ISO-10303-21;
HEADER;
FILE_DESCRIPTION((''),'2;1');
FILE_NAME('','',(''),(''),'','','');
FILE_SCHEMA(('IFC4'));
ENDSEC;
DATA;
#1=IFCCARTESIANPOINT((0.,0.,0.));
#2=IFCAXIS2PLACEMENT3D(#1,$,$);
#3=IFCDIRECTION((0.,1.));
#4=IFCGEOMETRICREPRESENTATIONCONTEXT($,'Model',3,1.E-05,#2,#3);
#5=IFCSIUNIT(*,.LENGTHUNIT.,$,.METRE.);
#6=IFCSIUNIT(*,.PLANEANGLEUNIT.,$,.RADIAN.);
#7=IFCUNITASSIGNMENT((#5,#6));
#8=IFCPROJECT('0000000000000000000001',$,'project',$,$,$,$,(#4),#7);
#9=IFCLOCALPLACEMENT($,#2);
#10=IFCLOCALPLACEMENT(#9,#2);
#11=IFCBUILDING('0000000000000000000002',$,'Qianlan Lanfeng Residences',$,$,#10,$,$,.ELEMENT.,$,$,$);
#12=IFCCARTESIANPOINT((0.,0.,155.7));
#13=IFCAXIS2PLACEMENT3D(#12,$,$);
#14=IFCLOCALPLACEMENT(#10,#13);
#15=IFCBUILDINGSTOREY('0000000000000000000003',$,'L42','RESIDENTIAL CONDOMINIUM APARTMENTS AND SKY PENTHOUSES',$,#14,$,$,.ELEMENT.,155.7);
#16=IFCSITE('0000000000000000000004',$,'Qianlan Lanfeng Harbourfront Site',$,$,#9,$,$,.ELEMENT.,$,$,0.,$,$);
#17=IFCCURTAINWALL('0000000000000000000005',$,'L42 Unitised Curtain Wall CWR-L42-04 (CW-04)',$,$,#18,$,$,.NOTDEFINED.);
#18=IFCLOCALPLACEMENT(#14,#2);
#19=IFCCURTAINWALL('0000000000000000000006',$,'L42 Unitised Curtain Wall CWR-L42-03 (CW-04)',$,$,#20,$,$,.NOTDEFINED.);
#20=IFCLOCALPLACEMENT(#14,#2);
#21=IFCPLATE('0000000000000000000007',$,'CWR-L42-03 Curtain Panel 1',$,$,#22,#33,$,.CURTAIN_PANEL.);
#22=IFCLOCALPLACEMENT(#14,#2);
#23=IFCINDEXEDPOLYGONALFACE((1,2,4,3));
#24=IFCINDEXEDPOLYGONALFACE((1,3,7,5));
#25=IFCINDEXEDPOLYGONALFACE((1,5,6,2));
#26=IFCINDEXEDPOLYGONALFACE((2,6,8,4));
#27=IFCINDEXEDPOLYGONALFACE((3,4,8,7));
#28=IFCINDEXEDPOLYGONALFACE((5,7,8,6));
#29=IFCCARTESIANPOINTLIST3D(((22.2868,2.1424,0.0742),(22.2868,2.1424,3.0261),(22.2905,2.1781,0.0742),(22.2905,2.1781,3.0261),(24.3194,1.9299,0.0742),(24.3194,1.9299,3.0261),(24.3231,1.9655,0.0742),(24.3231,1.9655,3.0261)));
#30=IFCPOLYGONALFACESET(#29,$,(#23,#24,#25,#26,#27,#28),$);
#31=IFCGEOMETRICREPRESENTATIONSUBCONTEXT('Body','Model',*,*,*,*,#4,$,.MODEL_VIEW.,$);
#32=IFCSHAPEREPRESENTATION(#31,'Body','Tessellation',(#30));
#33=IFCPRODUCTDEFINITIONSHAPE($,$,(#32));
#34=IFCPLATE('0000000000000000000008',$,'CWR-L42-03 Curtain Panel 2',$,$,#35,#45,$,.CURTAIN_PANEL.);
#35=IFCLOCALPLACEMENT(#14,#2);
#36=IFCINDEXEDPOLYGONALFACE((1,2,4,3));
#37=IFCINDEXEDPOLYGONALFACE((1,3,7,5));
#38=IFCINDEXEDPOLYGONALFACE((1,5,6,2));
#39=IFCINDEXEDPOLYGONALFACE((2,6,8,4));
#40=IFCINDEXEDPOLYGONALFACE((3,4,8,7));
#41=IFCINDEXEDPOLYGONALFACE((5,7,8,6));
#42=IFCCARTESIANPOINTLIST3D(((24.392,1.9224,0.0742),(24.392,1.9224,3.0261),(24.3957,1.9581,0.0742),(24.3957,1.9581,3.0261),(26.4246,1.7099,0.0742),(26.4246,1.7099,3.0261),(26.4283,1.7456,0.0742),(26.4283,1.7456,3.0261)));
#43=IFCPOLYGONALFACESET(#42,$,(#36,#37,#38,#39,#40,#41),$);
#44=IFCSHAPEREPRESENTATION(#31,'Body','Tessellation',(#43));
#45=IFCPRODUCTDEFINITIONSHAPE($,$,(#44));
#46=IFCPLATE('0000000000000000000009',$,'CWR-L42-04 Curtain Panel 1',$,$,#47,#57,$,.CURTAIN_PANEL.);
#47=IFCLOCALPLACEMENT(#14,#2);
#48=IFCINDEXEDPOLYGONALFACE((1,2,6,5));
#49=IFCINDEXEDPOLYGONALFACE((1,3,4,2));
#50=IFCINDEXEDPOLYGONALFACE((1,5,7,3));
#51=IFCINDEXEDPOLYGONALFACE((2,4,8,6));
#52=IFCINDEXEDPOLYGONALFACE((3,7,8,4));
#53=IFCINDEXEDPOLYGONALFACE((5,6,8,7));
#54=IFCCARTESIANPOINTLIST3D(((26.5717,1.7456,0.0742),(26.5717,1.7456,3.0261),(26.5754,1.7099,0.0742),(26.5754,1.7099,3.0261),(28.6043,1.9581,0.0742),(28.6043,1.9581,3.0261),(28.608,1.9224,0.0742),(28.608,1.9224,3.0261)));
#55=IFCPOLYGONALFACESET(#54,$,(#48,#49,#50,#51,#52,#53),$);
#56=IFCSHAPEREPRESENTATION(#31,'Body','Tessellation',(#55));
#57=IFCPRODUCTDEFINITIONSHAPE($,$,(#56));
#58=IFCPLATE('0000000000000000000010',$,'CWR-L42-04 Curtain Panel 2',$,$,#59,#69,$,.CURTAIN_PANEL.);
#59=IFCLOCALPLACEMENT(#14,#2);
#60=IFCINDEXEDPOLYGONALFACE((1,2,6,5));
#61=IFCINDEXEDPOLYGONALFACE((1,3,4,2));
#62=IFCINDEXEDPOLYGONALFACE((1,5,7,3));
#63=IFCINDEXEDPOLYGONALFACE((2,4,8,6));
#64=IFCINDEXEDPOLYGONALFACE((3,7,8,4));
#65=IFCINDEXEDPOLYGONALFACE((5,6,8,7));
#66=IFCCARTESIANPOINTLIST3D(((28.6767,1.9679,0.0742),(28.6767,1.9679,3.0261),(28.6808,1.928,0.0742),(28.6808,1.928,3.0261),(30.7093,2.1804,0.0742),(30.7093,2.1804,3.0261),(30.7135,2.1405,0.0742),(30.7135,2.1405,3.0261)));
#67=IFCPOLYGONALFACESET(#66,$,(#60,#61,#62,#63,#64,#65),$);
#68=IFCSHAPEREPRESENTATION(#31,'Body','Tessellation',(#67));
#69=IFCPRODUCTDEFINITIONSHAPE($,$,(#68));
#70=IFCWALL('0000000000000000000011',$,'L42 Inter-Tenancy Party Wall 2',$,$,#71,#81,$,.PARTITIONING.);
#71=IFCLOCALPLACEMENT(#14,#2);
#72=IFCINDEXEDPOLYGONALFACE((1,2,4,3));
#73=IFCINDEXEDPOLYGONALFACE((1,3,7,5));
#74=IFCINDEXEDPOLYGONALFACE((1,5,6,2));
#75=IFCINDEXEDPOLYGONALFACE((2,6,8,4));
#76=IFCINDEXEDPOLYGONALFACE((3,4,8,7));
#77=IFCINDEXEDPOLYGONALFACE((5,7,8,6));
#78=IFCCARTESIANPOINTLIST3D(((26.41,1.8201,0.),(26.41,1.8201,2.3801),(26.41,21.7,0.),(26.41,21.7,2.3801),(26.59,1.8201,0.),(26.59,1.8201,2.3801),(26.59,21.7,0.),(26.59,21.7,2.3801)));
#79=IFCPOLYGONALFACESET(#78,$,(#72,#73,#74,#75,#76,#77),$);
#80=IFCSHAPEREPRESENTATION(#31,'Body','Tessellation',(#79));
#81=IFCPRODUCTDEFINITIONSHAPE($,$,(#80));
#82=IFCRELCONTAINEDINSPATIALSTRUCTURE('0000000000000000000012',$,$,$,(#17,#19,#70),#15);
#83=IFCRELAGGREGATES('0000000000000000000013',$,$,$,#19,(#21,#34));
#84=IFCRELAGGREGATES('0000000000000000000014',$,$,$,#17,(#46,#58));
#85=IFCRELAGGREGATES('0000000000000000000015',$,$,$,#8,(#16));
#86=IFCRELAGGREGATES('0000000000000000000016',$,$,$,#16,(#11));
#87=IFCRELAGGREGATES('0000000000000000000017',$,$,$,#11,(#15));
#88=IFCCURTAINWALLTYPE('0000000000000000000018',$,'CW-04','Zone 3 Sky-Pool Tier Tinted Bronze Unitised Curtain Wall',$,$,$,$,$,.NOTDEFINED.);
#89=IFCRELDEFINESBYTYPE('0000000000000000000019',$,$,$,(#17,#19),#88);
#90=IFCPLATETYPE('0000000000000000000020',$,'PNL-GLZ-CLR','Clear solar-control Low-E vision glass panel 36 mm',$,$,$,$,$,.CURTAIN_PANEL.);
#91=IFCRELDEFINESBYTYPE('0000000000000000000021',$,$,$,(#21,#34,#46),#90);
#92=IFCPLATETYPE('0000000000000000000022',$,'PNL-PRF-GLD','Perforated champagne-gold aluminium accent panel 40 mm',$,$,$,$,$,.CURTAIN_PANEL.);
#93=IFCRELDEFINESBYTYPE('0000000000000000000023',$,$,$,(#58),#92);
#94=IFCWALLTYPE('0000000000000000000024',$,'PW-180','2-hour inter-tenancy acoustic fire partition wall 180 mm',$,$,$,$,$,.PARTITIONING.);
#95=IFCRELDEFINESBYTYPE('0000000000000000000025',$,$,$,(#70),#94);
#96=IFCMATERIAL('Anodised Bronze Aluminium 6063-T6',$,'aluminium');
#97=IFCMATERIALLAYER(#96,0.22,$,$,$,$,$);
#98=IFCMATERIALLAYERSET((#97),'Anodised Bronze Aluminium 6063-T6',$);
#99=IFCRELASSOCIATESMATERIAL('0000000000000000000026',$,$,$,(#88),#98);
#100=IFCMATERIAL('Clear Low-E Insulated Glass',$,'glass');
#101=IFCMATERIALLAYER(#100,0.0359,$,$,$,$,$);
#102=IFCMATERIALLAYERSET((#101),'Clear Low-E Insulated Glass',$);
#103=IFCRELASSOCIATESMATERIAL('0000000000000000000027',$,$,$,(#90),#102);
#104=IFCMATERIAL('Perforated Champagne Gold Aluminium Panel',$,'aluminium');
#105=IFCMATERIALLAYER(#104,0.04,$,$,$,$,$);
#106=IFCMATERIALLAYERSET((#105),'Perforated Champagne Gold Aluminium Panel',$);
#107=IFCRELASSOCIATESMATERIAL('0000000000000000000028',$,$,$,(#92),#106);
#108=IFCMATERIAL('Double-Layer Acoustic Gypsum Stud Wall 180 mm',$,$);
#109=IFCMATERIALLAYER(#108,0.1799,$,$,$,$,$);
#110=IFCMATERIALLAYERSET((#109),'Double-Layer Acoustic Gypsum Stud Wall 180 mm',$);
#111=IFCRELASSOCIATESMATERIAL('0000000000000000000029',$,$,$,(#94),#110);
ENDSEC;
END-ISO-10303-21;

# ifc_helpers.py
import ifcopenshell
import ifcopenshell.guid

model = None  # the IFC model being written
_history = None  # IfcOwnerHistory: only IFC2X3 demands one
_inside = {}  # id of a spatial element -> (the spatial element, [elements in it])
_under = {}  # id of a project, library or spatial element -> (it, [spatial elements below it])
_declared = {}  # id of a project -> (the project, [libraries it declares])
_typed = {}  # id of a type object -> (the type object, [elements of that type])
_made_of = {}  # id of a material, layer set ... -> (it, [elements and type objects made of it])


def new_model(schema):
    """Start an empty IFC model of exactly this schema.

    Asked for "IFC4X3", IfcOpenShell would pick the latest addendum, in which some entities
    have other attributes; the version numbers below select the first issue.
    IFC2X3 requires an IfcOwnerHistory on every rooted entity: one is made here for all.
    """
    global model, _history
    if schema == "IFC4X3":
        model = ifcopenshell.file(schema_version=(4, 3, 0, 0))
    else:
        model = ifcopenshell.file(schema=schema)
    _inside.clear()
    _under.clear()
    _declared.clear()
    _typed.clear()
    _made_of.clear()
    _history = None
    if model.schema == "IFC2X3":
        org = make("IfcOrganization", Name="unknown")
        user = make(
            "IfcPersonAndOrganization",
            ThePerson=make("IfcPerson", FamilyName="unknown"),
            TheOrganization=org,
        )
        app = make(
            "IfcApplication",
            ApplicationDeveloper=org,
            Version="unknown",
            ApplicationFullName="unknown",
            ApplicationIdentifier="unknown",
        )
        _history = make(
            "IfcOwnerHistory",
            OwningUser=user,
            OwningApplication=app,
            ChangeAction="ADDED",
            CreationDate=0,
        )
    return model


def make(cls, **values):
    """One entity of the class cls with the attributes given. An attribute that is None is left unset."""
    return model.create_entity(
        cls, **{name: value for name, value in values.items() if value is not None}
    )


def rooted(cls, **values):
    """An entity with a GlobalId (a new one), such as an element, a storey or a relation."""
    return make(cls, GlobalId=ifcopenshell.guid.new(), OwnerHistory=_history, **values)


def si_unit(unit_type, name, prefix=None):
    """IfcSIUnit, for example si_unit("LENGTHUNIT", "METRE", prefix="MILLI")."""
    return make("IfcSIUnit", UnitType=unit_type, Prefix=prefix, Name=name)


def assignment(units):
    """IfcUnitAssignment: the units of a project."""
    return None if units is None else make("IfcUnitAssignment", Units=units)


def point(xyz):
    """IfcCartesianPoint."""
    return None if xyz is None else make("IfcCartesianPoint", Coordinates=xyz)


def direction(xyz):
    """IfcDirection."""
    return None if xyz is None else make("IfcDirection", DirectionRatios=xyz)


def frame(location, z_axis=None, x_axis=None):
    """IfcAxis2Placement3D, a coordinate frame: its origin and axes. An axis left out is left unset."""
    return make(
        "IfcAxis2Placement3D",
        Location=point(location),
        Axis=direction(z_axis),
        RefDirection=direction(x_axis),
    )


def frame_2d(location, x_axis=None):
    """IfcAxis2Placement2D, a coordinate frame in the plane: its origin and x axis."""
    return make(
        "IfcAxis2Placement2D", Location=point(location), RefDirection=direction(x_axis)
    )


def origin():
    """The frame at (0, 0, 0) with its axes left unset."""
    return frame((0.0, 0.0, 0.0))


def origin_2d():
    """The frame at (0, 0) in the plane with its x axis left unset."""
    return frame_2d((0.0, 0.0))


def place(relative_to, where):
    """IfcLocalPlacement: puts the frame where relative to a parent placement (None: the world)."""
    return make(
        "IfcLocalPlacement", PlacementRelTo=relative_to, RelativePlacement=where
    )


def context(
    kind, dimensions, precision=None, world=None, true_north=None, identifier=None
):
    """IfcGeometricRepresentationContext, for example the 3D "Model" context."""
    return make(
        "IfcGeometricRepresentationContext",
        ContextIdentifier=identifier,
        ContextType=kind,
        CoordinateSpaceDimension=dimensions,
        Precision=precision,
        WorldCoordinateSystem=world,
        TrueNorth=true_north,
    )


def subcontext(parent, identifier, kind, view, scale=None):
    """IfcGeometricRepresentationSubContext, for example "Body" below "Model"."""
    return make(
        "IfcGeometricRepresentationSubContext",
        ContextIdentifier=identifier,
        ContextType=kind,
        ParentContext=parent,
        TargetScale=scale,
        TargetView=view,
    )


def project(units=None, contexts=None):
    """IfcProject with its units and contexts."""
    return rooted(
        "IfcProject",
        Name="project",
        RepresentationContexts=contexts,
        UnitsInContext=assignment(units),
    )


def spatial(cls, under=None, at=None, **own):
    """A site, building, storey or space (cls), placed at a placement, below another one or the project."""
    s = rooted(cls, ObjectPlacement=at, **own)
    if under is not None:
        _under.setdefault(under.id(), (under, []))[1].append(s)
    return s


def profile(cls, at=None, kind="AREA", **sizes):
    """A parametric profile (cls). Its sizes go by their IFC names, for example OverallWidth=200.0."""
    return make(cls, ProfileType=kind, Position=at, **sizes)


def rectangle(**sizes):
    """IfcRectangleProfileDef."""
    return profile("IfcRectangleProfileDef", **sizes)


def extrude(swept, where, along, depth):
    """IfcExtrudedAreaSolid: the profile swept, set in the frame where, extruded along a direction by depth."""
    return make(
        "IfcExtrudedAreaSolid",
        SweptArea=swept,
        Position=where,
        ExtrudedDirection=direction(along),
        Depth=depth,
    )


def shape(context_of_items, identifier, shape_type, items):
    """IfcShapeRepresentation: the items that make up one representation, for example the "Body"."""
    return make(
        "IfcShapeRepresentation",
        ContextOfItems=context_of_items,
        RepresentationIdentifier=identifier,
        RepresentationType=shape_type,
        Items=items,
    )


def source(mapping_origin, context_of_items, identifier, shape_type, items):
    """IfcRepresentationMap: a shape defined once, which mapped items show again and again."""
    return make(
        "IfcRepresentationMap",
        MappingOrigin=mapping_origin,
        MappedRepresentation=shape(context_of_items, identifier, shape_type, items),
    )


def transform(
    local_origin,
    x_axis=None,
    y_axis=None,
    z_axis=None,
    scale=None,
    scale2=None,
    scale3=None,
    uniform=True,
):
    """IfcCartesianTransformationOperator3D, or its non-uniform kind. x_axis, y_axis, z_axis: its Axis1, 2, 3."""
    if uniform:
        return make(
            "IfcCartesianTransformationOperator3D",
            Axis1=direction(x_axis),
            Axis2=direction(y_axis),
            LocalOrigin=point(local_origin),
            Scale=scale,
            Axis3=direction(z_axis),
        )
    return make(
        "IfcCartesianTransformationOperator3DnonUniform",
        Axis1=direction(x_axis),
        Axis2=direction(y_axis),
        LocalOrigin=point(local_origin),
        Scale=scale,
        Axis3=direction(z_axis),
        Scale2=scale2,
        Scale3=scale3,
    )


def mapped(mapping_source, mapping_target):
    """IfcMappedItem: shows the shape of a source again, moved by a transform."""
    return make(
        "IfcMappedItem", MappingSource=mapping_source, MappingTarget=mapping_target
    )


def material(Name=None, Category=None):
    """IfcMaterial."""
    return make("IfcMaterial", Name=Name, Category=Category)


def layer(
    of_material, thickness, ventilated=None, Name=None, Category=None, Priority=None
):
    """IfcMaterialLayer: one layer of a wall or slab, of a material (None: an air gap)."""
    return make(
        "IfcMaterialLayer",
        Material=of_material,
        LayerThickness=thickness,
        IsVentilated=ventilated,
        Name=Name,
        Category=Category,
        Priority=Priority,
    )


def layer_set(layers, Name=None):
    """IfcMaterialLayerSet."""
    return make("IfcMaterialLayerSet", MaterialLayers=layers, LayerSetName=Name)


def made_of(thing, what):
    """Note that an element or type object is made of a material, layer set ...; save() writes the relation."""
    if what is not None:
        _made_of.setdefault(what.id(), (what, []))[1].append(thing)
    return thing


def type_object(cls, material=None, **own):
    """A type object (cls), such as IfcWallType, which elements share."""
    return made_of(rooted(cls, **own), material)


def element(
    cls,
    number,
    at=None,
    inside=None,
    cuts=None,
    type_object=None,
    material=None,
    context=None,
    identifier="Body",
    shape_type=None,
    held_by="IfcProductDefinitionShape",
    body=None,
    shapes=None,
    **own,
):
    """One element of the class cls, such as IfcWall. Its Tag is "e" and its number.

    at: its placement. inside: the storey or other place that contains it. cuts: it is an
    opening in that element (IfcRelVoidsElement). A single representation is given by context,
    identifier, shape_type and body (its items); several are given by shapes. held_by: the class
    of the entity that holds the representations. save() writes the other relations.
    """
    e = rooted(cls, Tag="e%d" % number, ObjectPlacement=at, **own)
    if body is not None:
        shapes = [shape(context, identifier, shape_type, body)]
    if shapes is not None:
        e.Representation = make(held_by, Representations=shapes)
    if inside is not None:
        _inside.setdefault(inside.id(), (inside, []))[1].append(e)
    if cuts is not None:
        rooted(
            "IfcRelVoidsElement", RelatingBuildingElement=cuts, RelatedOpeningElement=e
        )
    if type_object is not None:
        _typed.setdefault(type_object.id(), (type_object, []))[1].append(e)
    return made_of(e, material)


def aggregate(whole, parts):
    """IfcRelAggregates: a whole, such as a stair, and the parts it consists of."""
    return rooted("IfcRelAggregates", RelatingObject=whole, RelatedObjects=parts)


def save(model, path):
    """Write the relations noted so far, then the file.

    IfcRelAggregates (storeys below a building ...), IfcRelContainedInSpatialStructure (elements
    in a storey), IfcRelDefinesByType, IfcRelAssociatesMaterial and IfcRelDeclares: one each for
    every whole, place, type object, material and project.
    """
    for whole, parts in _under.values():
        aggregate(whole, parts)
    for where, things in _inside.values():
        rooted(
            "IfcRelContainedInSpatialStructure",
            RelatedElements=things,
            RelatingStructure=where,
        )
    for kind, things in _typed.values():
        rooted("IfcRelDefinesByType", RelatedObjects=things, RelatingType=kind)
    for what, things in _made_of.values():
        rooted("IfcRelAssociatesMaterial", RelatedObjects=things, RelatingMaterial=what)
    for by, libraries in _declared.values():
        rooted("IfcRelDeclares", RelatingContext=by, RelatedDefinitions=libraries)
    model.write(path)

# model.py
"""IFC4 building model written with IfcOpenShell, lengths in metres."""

from ifc_helpers import new_model, si_unit, direction, frame, frame_2d, origin, origin_2d, place, context, subcontext, project, spatial, rectangle, extrude, source, transform, mapped, material, layer, layer_set, type_object, element, aggregate, save


model = new_model("IFC4")

# Units and contexts
model_context = context("Model", 3, precision=1e-05, world=origin(), true_north=direction((0.0, 1.0)))
body_context = subcontext(model_context, "Body", "Model", "MODEL_VIEW")
ifc_project = project(units=[si_unit("LENGTHUNIT", "METRE"), si_unit("PLANEANGLEUNIT", "RADIAN")], contexts=[model_context])

# Site, building, storey
site_placement = place(None, origin())
site = spatial("IfcSite", under=ifc_project, at=site_placement, Name="Qianlan Lanfeng Harbourfront Site", CompositionType="ELEMENT", RefElevation=0.0)
building_placement = place(site_placement, origin())
building = spatial("IfcBuilding", under=site, at=building_placement, Name="Qianlan Lanfeng Residences", CompositionType="ELEMENT")
storey_placement = place(building_placement, frame((0.0, 0.0, 155.7)))
storey = spatial("IfcBuildingStorey", under=building, at=storey_placement, Name="L42", Description="RESIDENTIAL CONDOMINIUM APARTMENTS AND SKY PENTHOUSES", CompositionType="ELEMENT", Elevation=155.7)

# Curtain walls
ifc_material_1 = material(Name="Anodised Bronze Aluminium 6063-T6", Category="aluminium")
ifc_layer_1 = layer(ifc_material_1, 0.22)
ifc_layer_set_1 = layer_set([ifc_layer_1], Name="Anodised Bronze Aluminium 6063-T6")
curtain_wall_type = type_object("IfcCurtainWallType", Name="CW-04", Description="Zone 3 Sky-Pool Tier Tinted Bronze Unitised Curtain Wall", PredefinedType="NOTDEFINED", material=ifc_layer_set_1)
curtain_wall_1_placement = place(storey_placement, origin())
curtain_wall_1 = element("IfcCurtainWall", 1, at=curtain_wall_1_placement, inside=storey, type_object=curtain_wall_type, Name="L42 Unitised Curtain Wall CWR-L42-04 (CW-04)", PredefinedType="NOTDEFINED")
curtain_wall_2_placement = place(storey_placement, origin())
curtain_wall_2 = element("IfcCurtainWall", 2, at=curtain_wall_2_placement, inside=storey, type_object=curtain_wall_type, Name="L42 Unitised Curtain Wall CWR-L42-03 (CW-04)", PredefinedType="NOTDEFINED")

# Plates
ifc_material_2 = material(Name="Clear Low-E Insulated Glass", Category="glass")
ifc_layer_2 = layer(ifc_material_2, 0.0359)
ifc_layer_set_2 = layer_set([ifc_layer_2], Name="Clear Low-E Insulated Glass")
plate_type_1 = type_object("IfcPlateType", Name="PNL-GLZ-CLR", Description="Clear solar-control Low-E vision glass panel 36 mm", PredefinedType="CURTAIN_PANEL", material=ifc_layer_set_2)
shared_shape_1 = source(origin(), body_context, "Body", "SweptSolid", [
    extrude(rectangle(XDim=2.0437, YDim=0.0359, at=origin_2d()), origin(), (0.0, 0.0, 1.0), 2.9519),
])
plate_1_placement = place(storey_placement, frame((23.3049, 2.054, 0.0742), z_axis=(0.0, 0.0, 1.0), x_axis=(0.994579, -0.103983, 0.0)))
plate_1 = element("IfcPlate", 3, at=plate_1_placement, type_object=plate_type_1, Name="CWR-L42-03 Curtain Panel 1", PredefinedType="CURTAIN_PANEL", context=body_context, shape_type="MappedRepresentation", body=[
    mapped(shared_shape_1, transform((0.0, 0.0, 0.0), scale=1.0)),
])
plate_2_placement = place(storey_placement, frame((25.4102, 1.834, 0.0742), z_axis=(0.0, 0.0, 1.0), x_axis=(0.994579, -0.103983, 0.0)))
plate_2 = element("IfcPlate", 4, at=plate_2_placement, type_object=plate_type_1, Name="CWR-L42-03 Curtain Panel 2", PredefinedType="CURTAIN_PANEL", context=body_context, shape_type="MappedRepresentation", body=[
    mapped(shared_shape_1, transform((0.0, 0.0, 0.0), scale=1.0)),
])
aggregate(curtain_wall_2, [plate_1, plate_2])
plate_3_placement = place(storey_placement, frame((27.5898, 1.834, 0.0742), z_axis=(0.0, 0.0, 1.0), x_axis=(0.994579, 0.103983, 0.0)))
plate_3 = element("IfcPlate", 5, at=plate_3_placement, type_object=plate_type_1, Name="CWR-L42-04 Curtain Panel 1", PredefinedType="CURTAIN_PANEL", context=body_context, shape_type="MappedRepresentation", body=[
    mapped(shared_shape_1, transform((0.0, 0.0, 0.0), scale=1.0)),
])
ifc_material_3 = material(Name="Perforated Champagne Gold Aluminium Panel", Category="aluminium")
ifc_layer_3 = layer(ifc_material_3, 0.04)
ifc_layer_set_3 = layer_set([ifc_layer_3], Name="Perforated Champagne Gold Aluminium Panel")
plate_type_2 = type_object("IfcPlateType", Name="PNL-PRF-GLD", Description="Perforated champagne-gold aluminium accent panel 40 mm", PredefinedType="CURTAIN_PANEL", material=ifc_layer_set_3)
shared_shape_2 = source(origin(), body_context, "Body", "SweptSolid", [
    extrude(rectangle(XDim=2.0437, YDim=0.04, at=origin_2d()), origin(), (0.0, 0.0, 1.0), 2.9519),
])
plate_4_placement = place(storey_placement, frame((29.6951, 2.0542, 0.0742), z_axis=(0.0, 0.0, 1.0), x_axis=(0.994579, 0.103983, 0.0)))
plate_4 = element("IfcPlate", 6, at=plate_4_placement, type_object=plate_type_2, Name="CWR-L42-04 Curtain Panel 2", PredefinedType="CURTAIN_PANEL", context=body_context, shape_type="MappedRepresentation", body=[
    mapped(shared_shape_2, transform((0.0, 0.0, 0.0), scale=1.0)),
])
aggregate(curtain_wall_1, [plate_3, plate_4])

# Wall
ifc_material_4 = material(Name="Double-Layer Acoustic Gypsum Stud Wall 180 mm")
ifc_layer_4 = layer(ifc_material_4, 0.1799)
ifc_layer_set_4 = layer_set([ifc_layer_4], Name="Double-Layer Acoustic Gypsum Stud Wall 180 mm")
wall_type = type_object("IfcWallType", Name="PW-180", Description="2-hour inter-tenancy acoustic fire partition wall 180 mm", PredefinedType="PARTITIONING", material=ifc_layer_set_4)
wall_placement = place(storey_placement, frame((26.5, 1.8201, 0.0), z_axis=(0.0, 0.0, 1.0), x_axis=(0.0, 1.0, 0.0)))
element("IfcWall", 7, at=wall_placement, inside=storey, type_object=wall_type, Name="L42 Inter-Tenancy Party Wall 2", PredefinedType="PARTITIONING", context=body_context, shape_type="SweptSolid", body=[
    extrude(rectangle(XDim=19.8799, YDim=0.1799, at=frame_2d((9.9399, 0.0))), origin(), (0.0, 0.0, 1.0), 2.3801),
])

save(model, "model.ifc")
